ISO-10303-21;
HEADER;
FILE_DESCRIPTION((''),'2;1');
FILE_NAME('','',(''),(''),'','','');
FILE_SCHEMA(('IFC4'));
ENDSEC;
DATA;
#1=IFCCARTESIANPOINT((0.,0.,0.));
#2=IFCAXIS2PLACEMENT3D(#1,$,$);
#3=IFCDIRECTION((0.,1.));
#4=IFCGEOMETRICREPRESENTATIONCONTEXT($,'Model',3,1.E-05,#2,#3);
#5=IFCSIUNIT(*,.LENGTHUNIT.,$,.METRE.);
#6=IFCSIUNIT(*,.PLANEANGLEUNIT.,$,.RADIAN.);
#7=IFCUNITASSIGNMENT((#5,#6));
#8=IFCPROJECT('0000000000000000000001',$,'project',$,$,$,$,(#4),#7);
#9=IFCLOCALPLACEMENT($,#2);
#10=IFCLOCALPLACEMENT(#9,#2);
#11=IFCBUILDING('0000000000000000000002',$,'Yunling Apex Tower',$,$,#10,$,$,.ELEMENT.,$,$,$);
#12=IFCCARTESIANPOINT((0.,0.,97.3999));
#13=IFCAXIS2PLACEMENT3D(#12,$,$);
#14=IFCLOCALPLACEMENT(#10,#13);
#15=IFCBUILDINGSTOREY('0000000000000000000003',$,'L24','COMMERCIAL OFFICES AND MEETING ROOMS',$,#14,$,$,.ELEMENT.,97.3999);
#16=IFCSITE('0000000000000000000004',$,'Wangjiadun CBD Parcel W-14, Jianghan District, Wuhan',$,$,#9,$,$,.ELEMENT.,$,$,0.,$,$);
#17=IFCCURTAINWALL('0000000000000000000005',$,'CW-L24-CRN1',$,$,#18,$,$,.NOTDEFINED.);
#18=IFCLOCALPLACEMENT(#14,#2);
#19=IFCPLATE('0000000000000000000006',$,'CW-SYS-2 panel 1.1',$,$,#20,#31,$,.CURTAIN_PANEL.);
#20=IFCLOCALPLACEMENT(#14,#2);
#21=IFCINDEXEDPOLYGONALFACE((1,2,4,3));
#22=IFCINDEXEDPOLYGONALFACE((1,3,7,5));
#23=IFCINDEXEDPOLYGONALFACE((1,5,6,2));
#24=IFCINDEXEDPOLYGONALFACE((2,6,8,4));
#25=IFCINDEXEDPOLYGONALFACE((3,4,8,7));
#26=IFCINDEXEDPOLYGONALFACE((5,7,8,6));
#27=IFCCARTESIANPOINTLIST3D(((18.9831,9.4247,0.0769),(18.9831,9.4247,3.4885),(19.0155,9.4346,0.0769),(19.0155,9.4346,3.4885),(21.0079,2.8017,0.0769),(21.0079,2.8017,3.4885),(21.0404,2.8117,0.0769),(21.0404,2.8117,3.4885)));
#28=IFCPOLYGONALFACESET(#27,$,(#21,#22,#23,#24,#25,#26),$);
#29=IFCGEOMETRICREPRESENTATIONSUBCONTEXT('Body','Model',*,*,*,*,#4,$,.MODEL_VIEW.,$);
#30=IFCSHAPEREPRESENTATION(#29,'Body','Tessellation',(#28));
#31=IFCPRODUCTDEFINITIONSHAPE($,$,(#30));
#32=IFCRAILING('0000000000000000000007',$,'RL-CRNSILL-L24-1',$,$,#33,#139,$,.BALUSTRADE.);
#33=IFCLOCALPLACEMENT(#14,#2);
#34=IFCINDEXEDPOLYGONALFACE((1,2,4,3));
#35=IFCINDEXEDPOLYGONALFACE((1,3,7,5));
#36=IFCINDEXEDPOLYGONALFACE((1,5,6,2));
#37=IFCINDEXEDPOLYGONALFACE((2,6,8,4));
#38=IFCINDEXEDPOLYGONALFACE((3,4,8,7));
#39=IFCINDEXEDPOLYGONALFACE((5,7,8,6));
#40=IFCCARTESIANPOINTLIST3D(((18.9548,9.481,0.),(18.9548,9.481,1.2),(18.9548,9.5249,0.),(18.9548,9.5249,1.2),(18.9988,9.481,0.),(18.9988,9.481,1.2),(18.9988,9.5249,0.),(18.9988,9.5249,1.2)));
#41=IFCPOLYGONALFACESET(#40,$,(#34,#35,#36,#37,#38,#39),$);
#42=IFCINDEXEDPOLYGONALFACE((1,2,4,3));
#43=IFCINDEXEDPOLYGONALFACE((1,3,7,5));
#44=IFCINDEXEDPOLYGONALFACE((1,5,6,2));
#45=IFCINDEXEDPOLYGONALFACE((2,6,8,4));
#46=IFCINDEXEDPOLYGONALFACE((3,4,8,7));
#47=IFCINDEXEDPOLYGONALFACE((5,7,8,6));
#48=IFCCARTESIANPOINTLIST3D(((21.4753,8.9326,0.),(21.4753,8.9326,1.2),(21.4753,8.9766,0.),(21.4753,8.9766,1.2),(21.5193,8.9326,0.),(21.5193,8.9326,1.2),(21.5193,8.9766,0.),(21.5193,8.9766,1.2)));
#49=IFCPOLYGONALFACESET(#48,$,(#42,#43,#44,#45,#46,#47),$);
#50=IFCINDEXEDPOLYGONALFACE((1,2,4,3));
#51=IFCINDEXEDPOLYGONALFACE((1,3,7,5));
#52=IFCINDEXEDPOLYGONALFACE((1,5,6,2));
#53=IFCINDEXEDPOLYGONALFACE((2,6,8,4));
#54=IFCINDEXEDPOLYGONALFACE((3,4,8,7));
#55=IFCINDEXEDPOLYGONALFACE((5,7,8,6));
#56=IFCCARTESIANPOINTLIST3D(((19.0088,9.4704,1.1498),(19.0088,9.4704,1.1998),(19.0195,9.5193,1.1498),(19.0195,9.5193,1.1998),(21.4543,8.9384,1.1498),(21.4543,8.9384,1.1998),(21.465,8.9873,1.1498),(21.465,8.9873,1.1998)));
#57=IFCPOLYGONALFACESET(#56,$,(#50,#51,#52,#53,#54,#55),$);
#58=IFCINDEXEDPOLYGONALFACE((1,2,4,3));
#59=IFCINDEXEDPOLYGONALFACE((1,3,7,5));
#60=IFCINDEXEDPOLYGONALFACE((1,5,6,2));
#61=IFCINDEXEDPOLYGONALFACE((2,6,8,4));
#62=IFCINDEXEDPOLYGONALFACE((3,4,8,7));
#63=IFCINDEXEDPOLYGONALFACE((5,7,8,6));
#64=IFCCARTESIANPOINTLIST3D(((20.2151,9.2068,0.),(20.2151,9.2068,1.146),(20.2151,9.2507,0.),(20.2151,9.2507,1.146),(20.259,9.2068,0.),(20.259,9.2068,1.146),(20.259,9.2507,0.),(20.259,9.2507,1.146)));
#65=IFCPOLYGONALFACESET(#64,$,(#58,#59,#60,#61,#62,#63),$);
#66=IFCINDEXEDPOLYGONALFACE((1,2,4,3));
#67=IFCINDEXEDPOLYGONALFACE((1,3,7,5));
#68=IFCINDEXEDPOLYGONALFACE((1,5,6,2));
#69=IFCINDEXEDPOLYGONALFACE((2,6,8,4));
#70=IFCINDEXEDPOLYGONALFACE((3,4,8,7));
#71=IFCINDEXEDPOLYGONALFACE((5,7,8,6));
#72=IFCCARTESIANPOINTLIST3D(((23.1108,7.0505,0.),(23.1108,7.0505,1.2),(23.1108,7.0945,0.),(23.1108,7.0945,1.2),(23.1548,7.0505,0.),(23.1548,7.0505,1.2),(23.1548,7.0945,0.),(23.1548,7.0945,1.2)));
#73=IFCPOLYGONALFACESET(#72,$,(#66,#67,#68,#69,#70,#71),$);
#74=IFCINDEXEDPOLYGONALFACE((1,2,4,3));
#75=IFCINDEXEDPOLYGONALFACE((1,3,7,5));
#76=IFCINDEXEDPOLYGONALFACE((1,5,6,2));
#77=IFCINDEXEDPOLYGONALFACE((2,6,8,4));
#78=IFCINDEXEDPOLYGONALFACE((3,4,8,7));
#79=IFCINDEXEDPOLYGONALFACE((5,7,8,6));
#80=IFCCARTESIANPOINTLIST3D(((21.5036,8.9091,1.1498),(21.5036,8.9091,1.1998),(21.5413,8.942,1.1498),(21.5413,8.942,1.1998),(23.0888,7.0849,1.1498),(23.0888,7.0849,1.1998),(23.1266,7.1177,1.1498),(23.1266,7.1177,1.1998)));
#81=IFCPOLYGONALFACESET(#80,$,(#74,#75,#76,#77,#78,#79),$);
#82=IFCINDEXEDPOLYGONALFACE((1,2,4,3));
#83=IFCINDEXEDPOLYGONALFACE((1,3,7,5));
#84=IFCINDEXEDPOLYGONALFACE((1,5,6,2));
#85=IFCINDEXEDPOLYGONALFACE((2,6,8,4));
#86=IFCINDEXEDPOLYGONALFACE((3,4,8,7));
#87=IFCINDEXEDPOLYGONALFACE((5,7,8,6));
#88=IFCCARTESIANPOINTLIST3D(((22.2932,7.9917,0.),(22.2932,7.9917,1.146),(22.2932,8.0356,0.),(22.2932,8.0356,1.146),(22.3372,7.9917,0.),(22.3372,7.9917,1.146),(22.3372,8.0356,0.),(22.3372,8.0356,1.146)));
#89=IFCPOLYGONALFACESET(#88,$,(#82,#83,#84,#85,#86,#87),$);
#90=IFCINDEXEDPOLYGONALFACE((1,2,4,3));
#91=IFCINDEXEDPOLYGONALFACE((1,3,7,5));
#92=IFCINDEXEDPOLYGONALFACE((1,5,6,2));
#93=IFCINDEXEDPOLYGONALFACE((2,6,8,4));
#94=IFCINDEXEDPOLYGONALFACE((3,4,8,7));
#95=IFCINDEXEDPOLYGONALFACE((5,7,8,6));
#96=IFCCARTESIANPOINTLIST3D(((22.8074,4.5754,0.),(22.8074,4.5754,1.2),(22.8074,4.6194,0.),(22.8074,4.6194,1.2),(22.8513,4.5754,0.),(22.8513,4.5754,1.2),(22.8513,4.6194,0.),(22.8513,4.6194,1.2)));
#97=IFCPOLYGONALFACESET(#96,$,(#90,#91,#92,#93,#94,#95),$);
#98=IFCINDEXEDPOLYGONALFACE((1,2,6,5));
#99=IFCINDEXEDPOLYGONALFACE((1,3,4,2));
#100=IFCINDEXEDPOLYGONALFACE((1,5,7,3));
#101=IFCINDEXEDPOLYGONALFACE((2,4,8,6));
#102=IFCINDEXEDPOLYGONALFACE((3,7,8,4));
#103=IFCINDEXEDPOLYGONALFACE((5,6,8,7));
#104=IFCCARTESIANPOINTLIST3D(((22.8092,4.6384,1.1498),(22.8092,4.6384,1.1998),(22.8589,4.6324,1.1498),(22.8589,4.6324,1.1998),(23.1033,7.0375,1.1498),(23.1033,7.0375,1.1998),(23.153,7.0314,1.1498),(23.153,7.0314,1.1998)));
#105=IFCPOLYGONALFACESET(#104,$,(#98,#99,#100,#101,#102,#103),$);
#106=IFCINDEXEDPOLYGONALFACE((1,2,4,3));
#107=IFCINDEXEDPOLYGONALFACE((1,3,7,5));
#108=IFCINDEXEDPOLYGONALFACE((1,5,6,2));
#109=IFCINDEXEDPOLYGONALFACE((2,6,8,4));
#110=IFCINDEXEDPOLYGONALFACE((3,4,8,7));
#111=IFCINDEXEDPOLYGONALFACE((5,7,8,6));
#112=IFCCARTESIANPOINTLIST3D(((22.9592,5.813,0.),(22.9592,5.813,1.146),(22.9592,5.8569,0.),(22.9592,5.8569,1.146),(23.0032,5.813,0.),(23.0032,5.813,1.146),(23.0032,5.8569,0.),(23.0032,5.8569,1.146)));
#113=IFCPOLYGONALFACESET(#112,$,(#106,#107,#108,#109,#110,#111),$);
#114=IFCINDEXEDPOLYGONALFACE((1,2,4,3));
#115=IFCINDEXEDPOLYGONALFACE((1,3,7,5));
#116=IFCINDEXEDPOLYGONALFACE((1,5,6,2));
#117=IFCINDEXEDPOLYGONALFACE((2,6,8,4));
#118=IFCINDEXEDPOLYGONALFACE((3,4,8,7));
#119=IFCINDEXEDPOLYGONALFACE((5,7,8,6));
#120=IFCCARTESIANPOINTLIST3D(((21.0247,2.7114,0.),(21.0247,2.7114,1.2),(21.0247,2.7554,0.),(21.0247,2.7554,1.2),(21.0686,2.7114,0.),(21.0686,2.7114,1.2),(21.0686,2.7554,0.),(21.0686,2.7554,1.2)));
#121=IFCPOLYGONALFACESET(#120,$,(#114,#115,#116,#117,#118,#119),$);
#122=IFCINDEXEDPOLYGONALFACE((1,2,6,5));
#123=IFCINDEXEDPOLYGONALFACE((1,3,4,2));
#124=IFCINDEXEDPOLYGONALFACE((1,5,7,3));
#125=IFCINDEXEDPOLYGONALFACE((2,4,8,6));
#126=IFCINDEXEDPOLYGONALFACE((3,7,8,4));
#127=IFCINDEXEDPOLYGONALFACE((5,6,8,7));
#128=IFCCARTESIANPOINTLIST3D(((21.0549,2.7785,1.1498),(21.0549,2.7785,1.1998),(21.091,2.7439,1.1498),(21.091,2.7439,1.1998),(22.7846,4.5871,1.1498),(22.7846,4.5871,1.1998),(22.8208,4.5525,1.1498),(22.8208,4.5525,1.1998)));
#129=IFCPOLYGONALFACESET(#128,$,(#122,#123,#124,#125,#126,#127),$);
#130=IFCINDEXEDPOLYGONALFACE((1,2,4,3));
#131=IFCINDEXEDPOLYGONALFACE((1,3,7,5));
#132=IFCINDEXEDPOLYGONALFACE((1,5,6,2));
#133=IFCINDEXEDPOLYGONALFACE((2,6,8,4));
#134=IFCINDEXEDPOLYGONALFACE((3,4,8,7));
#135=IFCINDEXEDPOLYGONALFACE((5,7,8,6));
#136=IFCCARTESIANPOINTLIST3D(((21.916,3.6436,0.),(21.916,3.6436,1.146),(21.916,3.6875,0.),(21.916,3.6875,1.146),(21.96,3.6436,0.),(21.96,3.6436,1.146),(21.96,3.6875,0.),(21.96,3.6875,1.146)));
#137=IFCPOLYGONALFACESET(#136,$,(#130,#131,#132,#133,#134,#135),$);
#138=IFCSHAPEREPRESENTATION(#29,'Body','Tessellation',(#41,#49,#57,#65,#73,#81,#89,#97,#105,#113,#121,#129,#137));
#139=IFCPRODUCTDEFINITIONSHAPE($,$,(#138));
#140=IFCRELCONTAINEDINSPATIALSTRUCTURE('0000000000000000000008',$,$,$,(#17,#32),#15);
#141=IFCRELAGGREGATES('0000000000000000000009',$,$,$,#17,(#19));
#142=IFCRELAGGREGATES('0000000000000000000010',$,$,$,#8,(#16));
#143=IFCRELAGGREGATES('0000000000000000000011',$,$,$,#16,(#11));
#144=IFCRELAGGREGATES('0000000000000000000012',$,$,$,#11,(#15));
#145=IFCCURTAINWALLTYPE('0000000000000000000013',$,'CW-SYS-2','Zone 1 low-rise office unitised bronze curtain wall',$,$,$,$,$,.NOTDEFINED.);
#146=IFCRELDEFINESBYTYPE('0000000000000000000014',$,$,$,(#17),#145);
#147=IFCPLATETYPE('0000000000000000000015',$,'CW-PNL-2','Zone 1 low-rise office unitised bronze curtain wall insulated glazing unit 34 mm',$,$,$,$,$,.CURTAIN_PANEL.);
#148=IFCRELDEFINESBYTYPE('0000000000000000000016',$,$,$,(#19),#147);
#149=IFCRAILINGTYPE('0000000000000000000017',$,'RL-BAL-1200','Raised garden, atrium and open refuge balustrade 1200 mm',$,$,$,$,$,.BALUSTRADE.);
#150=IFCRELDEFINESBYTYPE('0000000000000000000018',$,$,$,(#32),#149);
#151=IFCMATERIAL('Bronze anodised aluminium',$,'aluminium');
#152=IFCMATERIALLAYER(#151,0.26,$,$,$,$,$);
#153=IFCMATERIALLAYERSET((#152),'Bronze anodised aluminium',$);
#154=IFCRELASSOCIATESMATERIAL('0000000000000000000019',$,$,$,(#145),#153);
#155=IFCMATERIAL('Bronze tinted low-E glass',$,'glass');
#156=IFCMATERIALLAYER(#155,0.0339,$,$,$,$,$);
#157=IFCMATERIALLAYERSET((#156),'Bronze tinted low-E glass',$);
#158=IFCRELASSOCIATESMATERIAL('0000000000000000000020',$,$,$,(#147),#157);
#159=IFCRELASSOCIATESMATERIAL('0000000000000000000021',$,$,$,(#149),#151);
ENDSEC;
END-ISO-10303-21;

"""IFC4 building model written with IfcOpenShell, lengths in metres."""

from ifc_helpers import new_model, si_unit, direction, frame, origin, origin_2d, place, context, subcontext, project, spatial, rectangle, extrude, source, transform, mapped, material, layer, layer_set, type_object, element, aggregate, save


model = new_model("IFC4")

# Units and contexts
model_context = context("Model", 3, precision=1e-05, world=origin(), true_north=direction((0.0, 1.0)))
body_context = subcontext(model_context, "Body", "Model", "MODEL_VIEW")
ifc_project = project(units=[si_unit("LENGTHUNIT", "METRE"), si_unit("PLANEANGLEUNIT", "RADIAN")], contexts=[model_context])

# Site, building, storey
site_placement = place(None, origin())
site = spatial("IfcSite", under=ifc_project, at=site_placement, Name="Wangjiadun CBD Parcel W-14, Jianghan District, Wuhan", CompositionType="ELEMENT", RefElevation=0.0)
building_placement = place(site_placement, origin())
building = spatial("IfcBuilding", under=site, at=building_placement, Name="Yunling Apex Tower", CompositionType="ELEMENT")
storey_placement = place(building_placement, frame((0.0, 0.0, 97.3999)))
storey = spatial("IfcBuildingStorey", under=building, at=storey_placement, Name="L24", Description="COMMERCIAL OFFICES AND MEETING ROOMS", CompositionType="ELEMENT", Elevation=97.3999)

# Shared definitions
ifc_material_1 = material(Name="Bronze anodised aluminium", Category="aluminium")
ifc_layer_1 = layer(ifc_material_1, 0.26)
ifc_layer_set_1 = layer_set([ifc_layer_1], Name="Bronze anodised aluminium")
curtain_wall_type = type_object("IfcCurtainWallType", Name="CW-SYS-2", Description="Zone 1 low-rise office unitised bronze curtain wall", PredefinedType="NOTDEFINED", material=ifc_layer_set_1)

# Curtain wall
curtain_wall_1_placement = place(storey_placement, origin())
curtain_wall_1 = element("IfcCurtainWall", 1, at=curtain_wall_1_placement, inside=storey, type_object=curtain_wall_type, Name="CW-L24-CRN1", PredefinedType="NOTDEFINED")

# Plate
ifc_material_2 = material(Name="Bronze tinted low-E glass", Category="glass")
ifc_layer_2 = layer(ifc_material_2, 0.0339)
ifc_layer_set_2 = layer_set([ifc_layer_2], Name="Bronze tinted low-E glass")
plate_type = type_object("IfcPlateType", Name="CW-PNL-2", Description="Zone 1 low-rise office unitised bronze curtain wall insulated glazing unit 34 mm", PredefinedType="CURTAIN_PANEL", material=ifc_layer_set_2)
shared_shape_1 = source(origin(), body_context, "Body", "SweptSolid", [
    extrude(rectangle(XDim=6.9255, YDim=0.0339, at=origin_2d()), origin(), (0.0, 0.0, 1.0), 3.4116),
])
plate_1_placement = place(storey_placement, frame((20.0117, 6.1182, 0.0769), z_axis=(0.0, 0.0, 1.0), x_axis=(-0.292375, 0.956304, 0.0)))
plate_1 = element("IfcPlate", 2, at=plate_1_placement, type_object=plate_type, Name="CW-SYS-2 panel 1.1", PredefinedType="CURTAIN_PANEL", context=body_context, shape_type="MappedRepresentation", body=[
    mapped(shared_shape_1, transform((0.0, 0.0, 0.0), scale=1.0)),
])
aggregate(curtain_wall_1, [plate_1])

# Railing
railing_type = type_object("IfcRailingType", Name="RL-BAL-1200", Description="Raised garden, atrium and open refuge balustrade 1200 mm", PredefinedType="BALUSTRADE", material=ifc_material_1)
railing_placement = place(storey_placement, frame((18.9768, 9.5029, 0.0)))
element("IfcRailing", 3, at=railing_placement, inside=storey, type_object=railing_type, Name="RL-CRNSILL-L24-1", PredefinedType="BALUSTRADE", context=body_context, shape_type="SweptSolid", body=[
    extrude(rectangle(XDim=0.0439, YDim=0.0439, at=origin_2d()), origin(), (0.0, 0.0, 1.0), 1.2),
    extrude(rectangle(XDim=0.0439, YDim=0.0439, at=origin_2d()), frame((2.5205, -0.5483, 0.0)), (0.0, 0.0, 1.0), 1.2),
    extrude(rectangle(XDim=0.05, YDim=0.05, at=origin_2d()), frame((0.0374, -0.0081, 1.1748), z_axis=(0.977144, -0.212579, 0.0), x_axis=(0.212579, 0.977144, 0.0)), (0.0, 0.0, 1.0), 2.5027),
    extrude(rectangle(XDim=0.0439, YDim=0.0439, at=origin_2d()), frame((1.2603, -0.2742, 0.0)), (0.0, 0.0, 1.0), 1.146),
    extrude(rectangle(XDim=0.0439, YDim=0.0439, at=origin_2d()), frame((4.156, -2.4304, 0.0)), (0.0, 0.0, 1.0), 1.2),
    extrude(rectangle(XDim=0.05, YDim=0.05, at=origin_2d()), frame((2.5457, -0.5774, 1.1748), z_axis=(0.655929, -0.754823, 0.0), x_axis=(0.754823, 0.655929, 0.0)), (0.0, 0.0, 1.0), 2.4167),
    extrude(rectangle(XDim=0.0439, YDim=0.0439, at=origin_2d()), frame((3.3384, -1.4893, 0.0)), (0.0, 0.0, 1.0), 1.146),
    extrude(rectangle(XDim=0.0439, YDim=0.0439, at=origin_2d()), frame((3.8525, -4.9055, 0.0)), (0.0, 0.0, 1.0), 1.2),
    extrude(rectangle(XDim=0.05, YDim=0.05, at=origin_2d()), frame((4.1514, -2.4685, 1.1748), z_axis=(-0.121697, -0.992567, 0.0), x_axis=(0.992567, -0.121697, 0.0)), (0.0, 0.0, 1.0), 2.417),
    extrude(rectangle(XDim=0.0439, YDim=0.0439, at=origin_2d()), frame((4.0044, -3.668, 0.0)), (0.0, 0.0, 1.0), 1.146),
    extrude(rectangle(XDim=0.0439, YDim=0.0439, at=origin_2d()), frame((2.0698, -6.7695, 0.0)), (0.0, 0.0, 1.0), 1.2),
    extrude(rectangle(XDim=0.05, YDim=0.05, at=origin_2d()), frame((3.8259, -4.9331, 1.1748), z_axis=(-0.691171, -0.722691, 0.0), x_axis=(0.722691, -0.691171, 0.0)), (0.0, 0.0, 1.0), 2.5027),
    extrude(rectangle(XDim=0.0439, YDim=0.0439, at=origin_2d()), frame((2.9612, -5.8374, 0.0)), (0.0, 0.0, 1.0), 1.146),
])

save(model, "model.ifc")
